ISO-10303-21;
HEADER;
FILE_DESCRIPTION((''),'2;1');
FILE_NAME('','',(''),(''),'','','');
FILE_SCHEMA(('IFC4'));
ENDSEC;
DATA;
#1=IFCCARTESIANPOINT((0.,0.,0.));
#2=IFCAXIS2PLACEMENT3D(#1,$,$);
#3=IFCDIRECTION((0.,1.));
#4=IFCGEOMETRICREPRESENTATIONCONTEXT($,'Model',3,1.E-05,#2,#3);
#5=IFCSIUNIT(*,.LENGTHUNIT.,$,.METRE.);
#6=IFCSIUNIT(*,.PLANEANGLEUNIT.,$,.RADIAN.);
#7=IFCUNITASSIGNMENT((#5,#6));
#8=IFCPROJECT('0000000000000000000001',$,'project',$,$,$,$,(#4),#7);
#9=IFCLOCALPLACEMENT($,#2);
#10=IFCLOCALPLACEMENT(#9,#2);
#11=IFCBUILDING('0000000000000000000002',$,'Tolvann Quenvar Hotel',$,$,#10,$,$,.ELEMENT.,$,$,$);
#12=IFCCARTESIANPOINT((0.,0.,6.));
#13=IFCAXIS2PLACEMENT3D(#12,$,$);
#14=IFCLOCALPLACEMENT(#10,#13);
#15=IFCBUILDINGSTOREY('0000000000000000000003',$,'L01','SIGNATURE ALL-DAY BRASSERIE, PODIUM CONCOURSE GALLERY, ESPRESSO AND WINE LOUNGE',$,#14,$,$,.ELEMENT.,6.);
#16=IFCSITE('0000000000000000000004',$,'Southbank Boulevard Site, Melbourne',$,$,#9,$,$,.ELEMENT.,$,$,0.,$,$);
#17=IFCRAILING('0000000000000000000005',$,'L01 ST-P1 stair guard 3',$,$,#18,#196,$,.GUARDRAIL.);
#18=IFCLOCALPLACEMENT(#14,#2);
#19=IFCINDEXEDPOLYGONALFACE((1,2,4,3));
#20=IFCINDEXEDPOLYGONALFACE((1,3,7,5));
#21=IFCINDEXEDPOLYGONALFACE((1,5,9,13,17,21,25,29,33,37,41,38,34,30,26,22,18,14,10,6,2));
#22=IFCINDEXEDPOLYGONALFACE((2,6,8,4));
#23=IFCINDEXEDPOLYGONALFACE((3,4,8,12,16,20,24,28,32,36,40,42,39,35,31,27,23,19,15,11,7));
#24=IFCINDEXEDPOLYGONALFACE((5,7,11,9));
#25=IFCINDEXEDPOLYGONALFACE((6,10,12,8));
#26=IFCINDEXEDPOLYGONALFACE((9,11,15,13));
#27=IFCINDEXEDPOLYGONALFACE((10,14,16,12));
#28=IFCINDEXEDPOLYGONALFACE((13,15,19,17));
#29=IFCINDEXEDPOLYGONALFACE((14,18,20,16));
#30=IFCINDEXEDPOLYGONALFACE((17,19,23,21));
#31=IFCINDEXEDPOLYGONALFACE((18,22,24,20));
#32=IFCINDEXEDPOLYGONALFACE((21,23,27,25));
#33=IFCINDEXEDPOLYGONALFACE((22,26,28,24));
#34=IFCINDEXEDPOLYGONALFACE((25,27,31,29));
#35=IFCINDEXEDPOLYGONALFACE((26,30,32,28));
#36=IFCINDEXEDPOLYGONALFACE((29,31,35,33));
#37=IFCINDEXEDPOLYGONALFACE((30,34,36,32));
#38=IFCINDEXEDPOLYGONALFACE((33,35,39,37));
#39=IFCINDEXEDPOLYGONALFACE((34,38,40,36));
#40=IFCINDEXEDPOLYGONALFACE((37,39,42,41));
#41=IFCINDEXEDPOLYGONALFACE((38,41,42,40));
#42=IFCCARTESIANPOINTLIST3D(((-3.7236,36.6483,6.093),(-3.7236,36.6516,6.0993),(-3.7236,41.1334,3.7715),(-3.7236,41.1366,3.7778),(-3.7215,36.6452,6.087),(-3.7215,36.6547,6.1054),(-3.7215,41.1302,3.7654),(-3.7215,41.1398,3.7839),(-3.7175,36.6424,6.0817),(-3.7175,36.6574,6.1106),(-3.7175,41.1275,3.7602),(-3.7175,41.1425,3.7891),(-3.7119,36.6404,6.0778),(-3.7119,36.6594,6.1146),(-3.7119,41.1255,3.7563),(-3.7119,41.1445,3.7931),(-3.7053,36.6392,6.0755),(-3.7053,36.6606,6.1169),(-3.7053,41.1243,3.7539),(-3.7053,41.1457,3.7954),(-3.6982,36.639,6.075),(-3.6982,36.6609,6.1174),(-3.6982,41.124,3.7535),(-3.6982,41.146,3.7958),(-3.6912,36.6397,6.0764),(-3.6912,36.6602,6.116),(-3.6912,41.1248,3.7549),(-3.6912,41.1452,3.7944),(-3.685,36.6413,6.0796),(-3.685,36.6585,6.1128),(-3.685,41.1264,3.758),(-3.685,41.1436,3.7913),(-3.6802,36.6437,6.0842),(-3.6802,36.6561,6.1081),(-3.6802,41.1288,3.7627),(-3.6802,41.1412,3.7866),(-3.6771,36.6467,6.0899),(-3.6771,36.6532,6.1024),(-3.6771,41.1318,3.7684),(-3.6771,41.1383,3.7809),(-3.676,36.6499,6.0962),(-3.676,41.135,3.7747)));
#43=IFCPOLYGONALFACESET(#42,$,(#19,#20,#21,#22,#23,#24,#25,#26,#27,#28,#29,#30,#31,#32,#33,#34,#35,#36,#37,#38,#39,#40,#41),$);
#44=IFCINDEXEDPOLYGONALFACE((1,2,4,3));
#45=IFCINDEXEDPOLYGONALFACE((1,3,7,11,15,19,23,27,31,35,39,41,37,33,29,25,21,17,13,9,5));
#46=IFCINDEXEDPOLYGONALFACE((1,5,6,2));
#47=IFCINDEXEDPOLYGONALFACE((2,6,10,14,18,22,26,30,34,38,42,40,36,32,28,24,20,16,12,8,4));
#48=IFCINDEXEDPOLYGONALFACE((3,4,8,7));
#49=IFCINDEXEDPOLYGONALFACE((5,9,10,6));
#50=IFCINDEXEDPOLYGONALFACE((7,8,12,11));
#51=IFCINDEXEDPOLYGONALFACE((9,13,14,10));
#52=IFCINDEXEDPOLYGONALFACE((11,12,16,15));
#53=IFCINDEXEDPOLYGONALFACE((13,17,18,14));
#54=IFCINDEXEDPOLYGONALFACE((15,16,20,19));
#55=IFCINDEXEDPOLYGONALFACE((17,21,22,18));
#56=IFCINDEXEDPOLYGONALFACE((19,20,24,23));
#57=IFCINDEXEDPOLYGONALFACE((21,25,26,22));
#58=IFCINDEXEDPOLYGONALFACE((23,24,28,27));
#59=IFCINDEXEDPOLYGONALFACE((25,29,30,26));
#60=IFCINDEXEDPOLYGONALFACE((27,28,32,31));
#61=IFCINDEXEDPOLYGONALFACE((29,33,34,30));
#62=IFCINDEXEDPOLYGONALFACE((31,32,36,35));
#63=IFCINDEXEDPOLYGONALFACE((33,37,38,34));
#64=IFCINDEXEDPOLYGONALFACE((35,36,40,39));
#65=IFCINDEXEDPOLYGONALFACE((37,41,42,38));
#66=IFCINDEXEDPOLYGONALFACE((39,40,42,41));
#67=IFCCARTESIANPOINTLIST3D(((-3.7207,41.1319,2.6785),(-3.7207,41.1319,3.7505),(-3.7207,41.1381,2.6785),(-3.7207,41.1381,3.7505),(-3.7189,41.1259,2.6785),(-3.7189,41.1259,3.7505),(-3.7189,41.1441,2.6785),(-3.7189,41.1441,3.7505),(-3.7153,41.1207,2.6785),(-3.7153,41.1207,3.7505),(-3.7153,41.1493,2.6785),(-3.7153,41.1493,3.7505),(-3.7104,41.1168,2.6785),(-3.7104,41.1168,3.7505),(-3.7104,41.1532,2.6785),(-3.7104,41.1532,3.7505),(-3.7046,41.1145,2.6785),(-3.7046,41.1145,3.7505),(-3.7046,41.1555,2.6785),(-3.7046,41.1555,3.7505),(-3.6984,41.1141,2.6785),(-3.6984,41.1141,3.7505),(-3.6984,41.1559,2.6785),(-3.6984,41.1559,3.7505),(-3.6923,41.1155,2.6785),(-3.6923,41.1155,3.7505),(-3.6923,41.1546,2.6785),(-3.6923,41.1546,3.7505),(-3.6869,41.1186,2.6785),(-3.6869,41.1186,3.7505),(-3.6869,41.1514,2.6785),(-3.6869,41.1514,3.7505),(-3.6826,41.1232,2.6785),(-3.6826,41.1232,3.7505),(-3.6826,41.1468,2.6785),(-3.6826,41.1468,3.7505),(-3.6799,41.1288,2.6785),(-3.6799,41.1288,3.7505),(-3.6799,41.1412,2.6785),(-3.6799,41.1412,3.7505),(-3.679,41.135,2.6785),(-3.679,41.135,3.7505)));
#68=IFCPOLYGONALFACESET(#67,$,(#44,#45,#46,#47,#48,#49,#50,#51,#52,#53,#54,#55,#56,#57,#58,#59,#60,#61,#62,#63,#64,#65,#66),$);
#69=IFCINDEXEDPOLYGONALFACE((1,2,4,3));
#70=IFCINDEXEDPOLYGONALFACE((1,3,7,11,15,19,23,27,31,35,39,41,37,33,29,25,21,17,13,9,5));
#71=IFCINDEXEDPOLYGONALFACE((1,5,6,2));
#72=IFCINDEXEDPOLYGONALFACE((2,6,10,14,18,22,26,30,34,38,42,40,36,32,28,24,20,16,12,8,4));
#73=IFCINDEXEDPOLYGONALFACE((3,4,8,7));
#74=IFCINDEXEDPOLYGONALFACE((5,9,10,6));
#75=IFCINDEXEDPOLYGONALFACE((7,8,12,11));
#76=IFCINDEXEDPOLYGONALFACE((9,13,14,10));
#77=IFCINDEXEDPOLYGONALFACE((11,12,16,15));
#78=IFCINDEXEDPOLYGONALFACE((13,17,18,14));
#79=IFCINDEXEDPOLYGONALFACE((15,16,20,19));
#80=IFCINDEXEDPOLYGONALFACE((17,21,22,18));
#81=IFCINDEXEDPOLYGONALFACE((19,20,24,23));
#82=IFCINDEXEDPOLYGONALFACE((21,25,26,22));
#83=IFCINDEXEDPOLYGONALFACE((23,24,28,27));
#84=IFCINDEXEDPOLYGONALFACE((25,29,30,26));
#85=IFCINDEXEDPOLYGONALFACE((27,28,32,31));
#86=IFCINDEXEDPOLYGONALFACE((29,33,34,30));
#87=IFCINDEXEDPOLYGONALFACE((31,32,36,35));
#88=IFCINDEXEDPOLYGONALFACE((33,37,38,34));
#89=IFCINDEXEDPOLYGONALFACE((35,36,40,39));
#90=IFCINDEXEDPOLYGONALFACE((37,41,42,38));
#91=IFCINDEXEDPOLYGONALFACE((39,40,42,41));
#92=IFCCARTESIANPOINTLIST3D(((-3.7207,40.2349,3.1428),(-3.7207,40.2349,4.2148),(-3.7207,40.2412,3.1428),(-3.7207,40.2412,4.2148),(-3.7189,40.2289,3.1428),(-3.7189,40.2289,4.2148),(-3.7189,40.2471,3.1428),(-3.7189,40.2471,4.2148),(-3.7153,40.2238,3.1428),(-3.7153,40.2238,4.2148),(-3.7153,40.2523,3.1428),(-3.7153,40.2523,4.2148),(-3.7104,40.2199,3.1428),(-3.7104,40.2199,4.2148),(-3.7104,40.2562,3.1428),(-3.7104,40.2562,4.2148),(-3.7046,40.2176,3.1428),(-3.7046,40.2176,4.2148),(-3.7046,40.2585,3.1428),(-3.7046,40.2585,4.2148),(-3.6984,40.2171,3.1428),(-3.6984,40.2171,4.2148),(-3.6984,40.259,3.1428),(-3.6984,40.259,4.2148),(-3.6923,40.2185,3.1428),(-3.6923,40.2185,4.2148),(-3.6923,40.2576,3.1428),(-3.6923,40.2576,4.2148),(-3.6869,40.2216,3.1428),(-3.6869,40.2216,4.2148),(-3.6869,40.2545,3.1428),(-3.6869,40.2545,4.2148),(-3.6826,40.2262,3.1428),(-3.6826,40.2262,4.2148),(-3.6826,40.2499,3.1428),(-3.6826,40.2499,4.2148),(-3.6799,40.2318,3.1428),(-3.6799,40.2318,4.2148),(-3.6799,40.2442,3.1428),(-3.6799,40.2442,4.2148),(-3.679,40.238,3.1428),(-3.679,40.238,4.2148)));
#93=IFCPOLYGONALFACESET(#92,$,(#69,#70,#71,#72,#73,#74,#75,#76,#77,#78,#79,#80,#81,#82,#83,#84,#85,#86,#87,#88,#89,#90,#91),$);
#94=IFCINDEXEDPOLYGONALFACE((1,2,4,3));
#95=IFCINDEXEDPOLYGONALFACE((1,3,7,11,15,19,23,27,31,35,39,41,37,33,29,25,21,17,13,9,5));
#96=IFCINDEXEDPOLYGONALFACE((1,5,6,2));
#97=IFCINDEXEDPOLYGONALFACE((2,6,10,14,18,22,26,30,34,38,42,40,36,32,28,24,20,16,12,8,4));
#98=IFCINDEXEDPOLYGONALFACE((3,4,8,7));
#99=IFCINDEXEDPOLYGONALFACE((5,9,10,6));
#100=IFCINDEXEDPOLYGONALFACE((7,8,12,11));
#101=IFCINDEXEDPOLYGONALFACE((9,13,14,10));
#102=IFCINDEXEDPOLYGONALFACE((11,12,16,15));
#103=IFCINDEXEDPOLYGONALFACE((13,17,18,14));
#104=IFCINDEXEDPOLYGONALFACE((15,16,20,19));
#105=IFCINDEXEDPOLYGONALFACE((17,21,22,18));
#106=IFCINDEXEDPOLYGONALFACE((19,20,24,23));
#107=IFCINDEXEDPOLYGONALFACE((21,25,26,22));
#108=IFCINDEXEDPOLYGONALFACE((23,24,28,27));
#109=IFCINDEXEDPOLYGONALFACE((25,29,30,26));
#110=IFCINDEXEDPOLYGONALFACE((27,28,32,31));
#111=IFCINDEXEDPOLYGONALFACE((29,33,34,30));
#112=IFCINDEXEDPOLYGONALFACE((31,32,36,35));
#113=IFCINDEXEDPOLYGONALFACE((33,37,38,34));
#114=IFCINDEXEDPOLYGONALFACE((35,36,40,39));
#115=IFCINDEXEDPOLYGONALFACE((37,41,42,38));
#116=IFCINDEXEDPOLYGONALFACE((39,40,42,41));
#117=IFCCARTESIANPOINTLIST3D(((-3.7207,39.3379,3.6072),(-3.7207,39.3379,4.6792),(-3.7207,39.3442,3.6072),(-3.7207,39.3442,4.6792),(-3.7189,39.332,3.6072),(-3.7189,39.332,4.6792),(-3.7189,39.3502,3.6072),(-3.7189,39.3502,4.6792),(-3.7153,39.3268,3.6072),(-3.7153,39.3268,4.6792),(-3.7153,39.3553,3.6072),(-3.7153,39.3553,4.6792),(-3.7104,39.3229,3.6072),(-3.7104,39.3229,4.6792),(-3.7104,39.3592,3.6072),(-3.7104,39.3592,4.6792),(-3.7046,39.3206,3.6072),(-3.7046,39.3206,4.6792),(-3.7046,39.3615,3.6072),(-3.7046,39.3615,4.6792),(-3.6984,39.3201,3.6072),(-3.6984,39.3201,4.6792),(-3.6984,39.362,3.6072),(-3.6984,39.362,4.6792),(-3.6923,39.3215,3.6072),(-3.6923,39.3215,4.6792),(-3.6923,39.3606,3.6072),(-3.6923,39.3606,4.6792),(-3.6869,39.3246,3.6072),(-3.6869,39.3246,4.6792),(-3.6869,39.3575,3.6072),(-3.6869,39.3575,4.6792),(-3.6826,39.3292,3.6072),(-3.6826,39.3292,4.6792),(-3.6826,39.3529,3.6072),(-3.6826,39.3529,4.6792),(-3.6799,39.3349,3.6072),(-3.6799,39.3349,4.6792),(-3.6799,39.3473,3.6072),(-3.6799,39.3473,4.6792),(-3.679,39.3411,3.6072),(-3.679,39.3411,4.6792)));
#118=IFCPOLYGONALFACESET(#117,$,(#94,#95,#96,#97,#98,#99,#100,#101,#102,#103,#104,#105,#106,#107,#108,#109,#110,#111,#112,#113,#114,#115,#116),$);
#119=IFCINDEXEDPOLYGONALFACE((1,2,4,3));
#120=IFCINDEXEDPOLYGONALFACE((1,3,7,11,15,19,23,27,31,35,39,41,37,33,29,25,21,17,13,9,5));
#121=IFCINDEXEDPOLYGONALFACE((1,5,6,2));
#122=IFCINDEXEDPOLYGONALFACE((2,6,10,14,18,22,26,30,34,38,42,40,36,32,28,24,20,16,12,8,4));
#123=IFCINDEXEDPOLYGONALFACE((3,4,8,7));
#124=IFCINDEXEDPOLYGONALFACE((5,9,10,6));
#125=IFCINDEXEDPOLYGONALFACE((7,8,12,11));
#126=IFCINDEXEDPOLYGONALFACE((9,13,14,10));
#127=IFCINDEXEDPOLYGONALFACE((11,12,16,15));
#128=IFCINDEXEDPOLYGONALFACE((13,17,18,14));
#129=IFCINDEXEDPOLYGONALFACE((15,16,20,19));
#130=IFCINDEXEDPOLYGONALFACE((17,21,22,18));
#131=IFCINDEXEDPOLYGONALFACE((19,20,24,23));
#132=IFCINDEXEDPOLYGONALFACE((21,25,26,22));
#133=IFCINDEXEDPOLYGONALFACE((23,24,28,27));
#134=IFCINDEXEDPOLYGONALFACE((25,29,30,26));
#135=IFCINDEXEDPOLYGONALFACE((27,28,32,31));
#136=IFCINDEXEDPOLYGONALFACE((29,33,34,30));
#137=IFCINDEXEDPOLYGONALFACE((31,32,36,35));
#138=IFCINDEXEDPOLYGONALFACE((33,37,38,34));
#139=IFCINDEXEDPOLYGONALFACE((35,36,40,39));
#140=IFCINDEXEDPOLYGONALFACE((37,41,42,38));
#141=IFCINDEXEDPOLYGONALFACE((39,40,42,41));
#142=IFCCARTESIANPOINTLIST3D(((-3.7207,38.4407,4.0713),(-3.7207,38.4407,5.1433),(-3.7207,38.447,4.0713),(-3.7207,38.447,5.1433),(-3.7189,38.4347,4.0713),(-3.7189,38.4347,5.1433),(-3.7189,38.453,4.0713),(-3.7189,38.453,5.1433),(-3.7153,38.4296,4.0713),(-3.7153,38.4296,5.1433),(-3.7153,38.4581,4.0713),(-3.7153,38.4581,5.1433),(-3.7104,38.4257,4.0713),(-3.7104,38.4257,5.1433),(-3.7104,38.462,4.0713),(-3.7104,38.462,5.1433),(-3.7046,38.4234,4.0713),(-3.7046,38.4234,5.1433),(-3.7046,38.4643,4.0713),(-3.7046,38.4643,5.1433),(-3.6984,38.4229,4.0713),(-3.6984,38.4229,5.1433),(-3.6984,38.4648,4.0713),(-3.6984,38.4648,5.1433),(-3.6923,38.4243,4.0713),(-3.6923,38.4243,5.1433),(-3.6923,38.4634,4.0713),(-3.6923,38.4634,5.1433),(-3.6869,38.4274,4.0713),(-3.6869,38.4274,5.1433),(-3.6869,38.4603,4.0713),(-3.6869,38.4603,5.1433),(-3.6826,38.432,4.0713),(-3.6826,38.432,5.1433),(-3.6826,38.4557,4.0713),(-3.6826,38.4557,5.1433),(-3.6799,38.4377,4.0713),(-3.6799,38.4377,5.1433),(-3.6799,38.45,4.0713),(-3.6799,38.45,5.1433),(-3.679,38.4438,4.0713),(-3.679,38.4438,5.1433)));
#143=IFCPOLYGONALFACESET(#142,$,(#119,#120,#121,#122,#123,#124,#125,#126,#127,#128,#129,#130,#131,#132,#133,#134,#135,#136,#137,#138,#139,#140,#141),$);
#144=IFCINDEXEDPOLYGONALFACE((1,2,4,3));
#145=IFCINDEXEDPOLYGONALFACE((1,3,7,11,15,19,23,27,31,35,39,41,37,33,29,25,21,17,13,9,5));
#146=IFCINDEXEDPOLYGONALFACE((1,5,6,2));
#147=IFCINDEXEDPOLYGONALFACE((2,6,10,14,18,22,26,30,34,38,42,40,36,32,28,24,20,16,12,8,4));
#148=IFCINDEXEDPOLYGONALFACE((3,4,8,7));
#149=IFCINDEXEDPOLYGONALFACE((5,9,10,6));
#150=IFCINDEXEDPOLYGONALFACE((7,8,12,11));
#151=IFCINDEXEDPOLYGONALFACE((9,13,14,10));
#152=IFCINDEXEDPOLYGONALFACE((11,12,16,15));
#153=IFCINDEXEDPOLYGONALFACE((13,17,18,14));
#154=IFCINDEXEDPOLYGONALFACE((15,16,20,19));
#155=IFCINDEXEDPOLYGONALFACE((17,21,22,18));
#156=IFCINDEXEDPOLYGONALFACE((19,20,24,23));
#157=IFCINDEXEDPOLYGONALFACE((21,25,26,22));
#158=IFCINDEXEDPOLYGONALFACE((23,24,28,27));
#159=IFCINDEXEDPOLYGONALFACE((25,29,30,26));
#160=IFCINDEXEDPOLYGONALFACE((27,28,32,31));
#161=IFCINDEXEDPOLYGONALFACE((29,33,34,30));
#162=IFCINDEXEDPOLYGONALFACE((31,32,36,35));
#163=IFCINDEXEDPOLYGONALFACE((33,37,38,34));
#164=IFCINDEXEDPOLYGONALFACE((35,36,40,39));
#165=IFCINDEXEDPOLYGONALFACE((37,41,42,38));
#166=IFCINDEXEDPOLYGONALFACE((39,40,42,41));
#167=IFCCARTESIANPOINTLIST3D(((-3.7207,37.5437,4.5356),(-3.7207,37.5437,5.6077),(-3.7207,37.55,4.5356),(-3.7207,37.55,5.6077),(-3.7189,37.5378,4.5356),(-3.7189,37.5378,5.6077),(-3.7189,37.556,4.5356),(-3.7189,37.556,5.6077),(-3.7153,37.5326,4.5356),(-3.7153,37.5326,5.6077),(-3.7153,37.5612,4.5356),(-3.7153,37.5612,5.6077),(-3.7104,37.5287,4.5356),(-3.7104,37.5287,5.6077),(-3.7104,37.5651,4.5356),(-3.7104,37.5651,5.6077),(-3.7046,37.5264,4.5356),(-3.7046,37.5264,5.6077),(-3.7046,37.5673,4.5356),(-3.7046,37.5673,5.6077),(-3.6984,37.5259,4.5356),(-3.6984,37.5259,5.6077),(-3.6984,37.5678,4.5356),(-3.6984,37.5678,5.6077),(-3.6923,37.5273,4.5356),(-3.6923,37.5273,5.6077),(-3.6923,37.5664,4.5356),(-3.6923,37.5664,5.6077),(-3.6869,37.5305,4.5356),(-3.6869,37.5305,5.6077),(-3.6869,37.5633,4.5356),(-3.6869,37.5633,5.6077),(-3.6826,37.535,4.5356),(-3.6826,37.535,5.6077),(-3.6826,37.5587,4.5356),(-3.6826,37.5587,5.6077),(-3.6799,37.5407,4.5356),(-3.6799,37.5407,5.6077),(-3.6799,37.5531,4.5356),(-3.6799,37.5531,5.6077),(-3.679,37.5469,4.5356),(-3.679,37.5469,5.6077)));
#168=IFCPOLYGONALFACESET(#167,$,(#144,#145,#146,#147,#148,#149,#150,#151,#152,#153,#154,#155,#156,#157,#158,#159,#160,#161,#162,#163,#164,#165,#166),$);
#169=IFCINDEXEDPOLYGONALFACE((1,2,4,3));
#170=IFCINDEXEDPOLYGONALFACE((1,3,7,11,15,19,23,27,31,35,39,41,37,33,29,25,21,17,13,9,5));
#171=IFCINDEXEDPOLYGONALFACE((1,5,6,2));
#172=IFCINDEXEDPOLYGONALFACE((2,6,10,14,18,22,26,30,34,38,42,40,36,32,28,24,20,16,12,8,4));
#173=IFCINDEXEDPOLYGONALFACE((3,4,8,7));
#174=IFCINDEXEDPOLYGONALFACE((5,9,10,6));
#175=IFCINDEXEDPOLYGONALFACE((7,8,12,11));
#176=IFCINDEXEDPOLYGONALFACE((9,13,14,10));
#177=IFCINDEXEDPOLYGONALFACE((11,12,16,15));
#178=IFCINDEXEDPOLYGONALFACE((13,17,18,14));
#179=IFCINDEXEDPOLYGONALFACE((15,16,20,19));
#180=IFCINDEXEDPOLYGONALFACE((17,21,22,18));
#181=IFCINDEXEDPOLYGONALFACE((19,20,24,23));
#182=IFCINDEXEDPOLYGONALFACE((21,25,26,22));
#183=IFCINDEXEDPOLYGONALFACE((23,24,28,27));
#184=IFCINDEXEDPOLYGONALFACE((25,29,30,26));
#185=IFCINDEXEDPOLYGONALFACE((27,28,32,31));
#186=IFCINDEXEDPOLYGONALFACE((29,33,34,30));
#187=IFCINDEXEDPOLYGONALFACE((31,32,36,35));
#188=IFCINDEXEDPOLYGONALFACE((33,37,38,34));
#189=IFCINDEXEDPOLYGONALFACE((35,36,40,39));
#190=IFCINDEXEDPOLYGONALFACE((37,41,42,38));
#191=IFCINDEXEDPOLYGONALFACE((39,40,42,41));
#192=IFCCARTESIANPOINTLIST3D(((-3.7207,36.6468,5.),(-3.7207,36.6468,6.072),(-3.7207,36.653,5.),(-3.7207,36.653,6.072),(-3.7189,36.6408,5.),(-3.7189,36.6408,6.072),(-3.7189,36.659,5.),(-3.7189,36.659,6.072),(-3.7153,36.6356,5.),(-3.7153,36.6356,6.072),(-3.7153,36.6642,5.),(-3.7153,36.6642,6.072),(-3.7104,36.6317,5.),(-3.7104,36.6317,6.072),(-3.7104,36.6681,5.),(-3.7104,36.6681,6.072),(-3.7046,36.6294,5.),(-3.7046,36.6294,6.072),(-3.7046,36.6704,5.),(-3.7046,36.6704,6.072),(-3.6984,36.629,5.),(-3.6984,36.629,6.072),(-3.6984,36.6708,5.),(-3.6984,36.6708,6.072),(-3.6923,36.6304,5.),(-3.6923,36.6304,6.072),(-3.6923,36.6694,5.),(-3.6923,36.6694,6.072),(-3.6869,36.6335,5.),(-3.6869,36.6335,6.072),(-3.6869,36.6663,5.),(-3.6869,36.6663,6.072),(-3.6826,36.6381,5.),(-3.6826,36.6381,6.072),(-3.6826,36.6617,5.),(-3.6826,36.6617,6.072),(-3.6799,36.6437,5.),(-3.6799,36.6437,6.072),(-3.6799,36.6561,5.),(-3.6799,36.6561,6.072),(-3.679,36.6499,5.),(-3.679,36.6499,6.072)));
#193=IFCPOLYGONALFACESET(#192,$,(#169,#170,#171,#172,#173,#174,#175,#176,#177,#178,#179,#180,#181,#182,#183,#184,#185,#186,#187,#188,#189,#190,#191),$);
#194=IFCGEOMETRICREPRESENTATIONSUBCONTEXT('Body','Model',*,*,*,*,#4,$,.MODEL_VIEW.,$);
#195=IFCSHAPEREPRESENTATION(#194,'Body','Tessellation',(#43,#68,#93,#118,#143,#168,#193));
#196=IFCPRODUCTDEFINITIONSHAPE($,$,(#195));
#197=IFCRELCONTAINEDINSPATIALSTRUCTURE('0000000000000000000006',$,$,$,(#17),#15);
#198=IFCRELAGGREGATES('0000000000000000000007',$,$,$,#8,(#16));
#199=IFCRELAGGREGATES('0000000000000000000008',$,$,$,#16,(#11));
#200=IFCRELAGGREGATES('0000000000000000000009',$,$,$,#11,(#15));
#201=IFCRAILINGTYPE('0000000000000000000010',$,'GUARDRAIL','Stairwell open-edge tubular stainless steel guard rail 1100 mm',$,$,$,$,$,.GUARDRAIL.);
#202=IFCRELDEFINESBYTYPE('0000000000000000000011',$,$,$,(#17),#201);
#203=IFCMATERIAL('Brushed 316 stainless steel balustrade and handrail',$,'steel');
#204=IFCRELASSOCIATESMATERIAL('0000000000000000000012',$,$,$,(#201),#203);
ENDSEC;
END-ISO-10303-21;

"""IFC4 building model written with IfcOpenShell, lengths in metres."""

from ifc_helpers import new_model, si_unit, direction, frame, origin, origin_2d, place, context, subcontext, project, spatial, circle, extrude, material, type_object, element, save


model = new_model("IFC4")

# Units and contexts
model_context = context("Model", 3, precision=1e-05, world=origin(), true_north=direction((0.0, 1.0)))
body_context = subcontext(model_context, "Body", "Model", "MODEL_VIEW")
ifc_project = project(units=[si_unit("LENGTHUNIT", "METRE"), si_unit("PLANEANGLEUNIT", "RADIAN")], contexts=[model_context])

# Site, building, storey
site_placement = place(None, origin())
site = spatial("IfcSite", under=ifc_project, at=site_placement, Name="Southbank Boulevard Site, Melbourne", CompositionType="ELEMENT", RefElevation=0.0)
building_placement = place(site_placement, origin())
building = spatial("IfcBuilding", under=site, at=building_placement, Name="Tolvann Quenvar Hotel", CompositionType="ELEMENT")
storey_placement = place(building_placement, frame((0.0, 0.0, 6.0)))
storey = spatial("IfcBuildingStorey", under=building, at=storey_placement, Name="L01", Description="SIGNATURE ALL-DAY BRASSERIE, PODIUM CONCOURSE GALLERY, ESPRESSO AND WINE LOUNGE", CompositionType="ELEMENT", Elevation=6.0)

# Railing
ifc_material_1 = material(Name="Brushed 316 stainless steel balustrade and handrail", Category="steel")
railing_type_1 = type_object("IfcRailingType", Name="GUARDRAIL", Description="Stairwell open-edge tubular stainless steel guard rail 1100 mm", PredefinedType="GUARDRAIL", material=ifc_material_1)
railing_1_placement = place(storey_placement, frame((-3.7, 41.135, 2.6785)))
element("IfcRailing", 1, at=railing_1_placement, inside=storey, type_object=railing_type_1, Name="L01 ST-P1 stair guard 3", PredefinedType="GUARDRAIL", context=body_context, shape_type="SweptSolid", body=[
    extrude(circle(Radius=0.0239, at=origin_2d()), frame((0.0, 0.0, 1.0962), z_axis=(0.0, -0.888084, 0.459681), x_axis=(1.0, 0.0, 0.0)), (0.0, 0.0, 1.0), 5.0503),
    extrude(circle(Radius=0.021, at=origin_2d()), origin(), (0.0, 0.0, 1.0), 1.072),
    extrude(circle(Radius=0.021, at=origin_2d()), frame((0.0, -0.897, 0.4644)), (0.0, 0.0, 1.0), 1.072),
    extrude(circle(Radius=0.021, at=origin_2d()), frame((0.0, -1.7939, 0.9287)), (0.0, 0.0, 1.0), 1.072),
    extrude(circle(Radius=0.021, at=origin_2d()), frame((0.0, -2.6912, 1.3928)), (0.0, 0.0, 1.0), 1.072),
    extrude(circle(Radius=0.021, at=origin_2d()), frame((0.0, -3.5881, 1.8572)), (0.0, 0.0, 1.0), 1.072),
    extrude(circle(Radius=0.021, at=origin_2d()), frame((0.0, -4.4851, 2.3215)), (0.0, 0.0, 1.0), 1.072),
])

save(model, "model.ifc")
